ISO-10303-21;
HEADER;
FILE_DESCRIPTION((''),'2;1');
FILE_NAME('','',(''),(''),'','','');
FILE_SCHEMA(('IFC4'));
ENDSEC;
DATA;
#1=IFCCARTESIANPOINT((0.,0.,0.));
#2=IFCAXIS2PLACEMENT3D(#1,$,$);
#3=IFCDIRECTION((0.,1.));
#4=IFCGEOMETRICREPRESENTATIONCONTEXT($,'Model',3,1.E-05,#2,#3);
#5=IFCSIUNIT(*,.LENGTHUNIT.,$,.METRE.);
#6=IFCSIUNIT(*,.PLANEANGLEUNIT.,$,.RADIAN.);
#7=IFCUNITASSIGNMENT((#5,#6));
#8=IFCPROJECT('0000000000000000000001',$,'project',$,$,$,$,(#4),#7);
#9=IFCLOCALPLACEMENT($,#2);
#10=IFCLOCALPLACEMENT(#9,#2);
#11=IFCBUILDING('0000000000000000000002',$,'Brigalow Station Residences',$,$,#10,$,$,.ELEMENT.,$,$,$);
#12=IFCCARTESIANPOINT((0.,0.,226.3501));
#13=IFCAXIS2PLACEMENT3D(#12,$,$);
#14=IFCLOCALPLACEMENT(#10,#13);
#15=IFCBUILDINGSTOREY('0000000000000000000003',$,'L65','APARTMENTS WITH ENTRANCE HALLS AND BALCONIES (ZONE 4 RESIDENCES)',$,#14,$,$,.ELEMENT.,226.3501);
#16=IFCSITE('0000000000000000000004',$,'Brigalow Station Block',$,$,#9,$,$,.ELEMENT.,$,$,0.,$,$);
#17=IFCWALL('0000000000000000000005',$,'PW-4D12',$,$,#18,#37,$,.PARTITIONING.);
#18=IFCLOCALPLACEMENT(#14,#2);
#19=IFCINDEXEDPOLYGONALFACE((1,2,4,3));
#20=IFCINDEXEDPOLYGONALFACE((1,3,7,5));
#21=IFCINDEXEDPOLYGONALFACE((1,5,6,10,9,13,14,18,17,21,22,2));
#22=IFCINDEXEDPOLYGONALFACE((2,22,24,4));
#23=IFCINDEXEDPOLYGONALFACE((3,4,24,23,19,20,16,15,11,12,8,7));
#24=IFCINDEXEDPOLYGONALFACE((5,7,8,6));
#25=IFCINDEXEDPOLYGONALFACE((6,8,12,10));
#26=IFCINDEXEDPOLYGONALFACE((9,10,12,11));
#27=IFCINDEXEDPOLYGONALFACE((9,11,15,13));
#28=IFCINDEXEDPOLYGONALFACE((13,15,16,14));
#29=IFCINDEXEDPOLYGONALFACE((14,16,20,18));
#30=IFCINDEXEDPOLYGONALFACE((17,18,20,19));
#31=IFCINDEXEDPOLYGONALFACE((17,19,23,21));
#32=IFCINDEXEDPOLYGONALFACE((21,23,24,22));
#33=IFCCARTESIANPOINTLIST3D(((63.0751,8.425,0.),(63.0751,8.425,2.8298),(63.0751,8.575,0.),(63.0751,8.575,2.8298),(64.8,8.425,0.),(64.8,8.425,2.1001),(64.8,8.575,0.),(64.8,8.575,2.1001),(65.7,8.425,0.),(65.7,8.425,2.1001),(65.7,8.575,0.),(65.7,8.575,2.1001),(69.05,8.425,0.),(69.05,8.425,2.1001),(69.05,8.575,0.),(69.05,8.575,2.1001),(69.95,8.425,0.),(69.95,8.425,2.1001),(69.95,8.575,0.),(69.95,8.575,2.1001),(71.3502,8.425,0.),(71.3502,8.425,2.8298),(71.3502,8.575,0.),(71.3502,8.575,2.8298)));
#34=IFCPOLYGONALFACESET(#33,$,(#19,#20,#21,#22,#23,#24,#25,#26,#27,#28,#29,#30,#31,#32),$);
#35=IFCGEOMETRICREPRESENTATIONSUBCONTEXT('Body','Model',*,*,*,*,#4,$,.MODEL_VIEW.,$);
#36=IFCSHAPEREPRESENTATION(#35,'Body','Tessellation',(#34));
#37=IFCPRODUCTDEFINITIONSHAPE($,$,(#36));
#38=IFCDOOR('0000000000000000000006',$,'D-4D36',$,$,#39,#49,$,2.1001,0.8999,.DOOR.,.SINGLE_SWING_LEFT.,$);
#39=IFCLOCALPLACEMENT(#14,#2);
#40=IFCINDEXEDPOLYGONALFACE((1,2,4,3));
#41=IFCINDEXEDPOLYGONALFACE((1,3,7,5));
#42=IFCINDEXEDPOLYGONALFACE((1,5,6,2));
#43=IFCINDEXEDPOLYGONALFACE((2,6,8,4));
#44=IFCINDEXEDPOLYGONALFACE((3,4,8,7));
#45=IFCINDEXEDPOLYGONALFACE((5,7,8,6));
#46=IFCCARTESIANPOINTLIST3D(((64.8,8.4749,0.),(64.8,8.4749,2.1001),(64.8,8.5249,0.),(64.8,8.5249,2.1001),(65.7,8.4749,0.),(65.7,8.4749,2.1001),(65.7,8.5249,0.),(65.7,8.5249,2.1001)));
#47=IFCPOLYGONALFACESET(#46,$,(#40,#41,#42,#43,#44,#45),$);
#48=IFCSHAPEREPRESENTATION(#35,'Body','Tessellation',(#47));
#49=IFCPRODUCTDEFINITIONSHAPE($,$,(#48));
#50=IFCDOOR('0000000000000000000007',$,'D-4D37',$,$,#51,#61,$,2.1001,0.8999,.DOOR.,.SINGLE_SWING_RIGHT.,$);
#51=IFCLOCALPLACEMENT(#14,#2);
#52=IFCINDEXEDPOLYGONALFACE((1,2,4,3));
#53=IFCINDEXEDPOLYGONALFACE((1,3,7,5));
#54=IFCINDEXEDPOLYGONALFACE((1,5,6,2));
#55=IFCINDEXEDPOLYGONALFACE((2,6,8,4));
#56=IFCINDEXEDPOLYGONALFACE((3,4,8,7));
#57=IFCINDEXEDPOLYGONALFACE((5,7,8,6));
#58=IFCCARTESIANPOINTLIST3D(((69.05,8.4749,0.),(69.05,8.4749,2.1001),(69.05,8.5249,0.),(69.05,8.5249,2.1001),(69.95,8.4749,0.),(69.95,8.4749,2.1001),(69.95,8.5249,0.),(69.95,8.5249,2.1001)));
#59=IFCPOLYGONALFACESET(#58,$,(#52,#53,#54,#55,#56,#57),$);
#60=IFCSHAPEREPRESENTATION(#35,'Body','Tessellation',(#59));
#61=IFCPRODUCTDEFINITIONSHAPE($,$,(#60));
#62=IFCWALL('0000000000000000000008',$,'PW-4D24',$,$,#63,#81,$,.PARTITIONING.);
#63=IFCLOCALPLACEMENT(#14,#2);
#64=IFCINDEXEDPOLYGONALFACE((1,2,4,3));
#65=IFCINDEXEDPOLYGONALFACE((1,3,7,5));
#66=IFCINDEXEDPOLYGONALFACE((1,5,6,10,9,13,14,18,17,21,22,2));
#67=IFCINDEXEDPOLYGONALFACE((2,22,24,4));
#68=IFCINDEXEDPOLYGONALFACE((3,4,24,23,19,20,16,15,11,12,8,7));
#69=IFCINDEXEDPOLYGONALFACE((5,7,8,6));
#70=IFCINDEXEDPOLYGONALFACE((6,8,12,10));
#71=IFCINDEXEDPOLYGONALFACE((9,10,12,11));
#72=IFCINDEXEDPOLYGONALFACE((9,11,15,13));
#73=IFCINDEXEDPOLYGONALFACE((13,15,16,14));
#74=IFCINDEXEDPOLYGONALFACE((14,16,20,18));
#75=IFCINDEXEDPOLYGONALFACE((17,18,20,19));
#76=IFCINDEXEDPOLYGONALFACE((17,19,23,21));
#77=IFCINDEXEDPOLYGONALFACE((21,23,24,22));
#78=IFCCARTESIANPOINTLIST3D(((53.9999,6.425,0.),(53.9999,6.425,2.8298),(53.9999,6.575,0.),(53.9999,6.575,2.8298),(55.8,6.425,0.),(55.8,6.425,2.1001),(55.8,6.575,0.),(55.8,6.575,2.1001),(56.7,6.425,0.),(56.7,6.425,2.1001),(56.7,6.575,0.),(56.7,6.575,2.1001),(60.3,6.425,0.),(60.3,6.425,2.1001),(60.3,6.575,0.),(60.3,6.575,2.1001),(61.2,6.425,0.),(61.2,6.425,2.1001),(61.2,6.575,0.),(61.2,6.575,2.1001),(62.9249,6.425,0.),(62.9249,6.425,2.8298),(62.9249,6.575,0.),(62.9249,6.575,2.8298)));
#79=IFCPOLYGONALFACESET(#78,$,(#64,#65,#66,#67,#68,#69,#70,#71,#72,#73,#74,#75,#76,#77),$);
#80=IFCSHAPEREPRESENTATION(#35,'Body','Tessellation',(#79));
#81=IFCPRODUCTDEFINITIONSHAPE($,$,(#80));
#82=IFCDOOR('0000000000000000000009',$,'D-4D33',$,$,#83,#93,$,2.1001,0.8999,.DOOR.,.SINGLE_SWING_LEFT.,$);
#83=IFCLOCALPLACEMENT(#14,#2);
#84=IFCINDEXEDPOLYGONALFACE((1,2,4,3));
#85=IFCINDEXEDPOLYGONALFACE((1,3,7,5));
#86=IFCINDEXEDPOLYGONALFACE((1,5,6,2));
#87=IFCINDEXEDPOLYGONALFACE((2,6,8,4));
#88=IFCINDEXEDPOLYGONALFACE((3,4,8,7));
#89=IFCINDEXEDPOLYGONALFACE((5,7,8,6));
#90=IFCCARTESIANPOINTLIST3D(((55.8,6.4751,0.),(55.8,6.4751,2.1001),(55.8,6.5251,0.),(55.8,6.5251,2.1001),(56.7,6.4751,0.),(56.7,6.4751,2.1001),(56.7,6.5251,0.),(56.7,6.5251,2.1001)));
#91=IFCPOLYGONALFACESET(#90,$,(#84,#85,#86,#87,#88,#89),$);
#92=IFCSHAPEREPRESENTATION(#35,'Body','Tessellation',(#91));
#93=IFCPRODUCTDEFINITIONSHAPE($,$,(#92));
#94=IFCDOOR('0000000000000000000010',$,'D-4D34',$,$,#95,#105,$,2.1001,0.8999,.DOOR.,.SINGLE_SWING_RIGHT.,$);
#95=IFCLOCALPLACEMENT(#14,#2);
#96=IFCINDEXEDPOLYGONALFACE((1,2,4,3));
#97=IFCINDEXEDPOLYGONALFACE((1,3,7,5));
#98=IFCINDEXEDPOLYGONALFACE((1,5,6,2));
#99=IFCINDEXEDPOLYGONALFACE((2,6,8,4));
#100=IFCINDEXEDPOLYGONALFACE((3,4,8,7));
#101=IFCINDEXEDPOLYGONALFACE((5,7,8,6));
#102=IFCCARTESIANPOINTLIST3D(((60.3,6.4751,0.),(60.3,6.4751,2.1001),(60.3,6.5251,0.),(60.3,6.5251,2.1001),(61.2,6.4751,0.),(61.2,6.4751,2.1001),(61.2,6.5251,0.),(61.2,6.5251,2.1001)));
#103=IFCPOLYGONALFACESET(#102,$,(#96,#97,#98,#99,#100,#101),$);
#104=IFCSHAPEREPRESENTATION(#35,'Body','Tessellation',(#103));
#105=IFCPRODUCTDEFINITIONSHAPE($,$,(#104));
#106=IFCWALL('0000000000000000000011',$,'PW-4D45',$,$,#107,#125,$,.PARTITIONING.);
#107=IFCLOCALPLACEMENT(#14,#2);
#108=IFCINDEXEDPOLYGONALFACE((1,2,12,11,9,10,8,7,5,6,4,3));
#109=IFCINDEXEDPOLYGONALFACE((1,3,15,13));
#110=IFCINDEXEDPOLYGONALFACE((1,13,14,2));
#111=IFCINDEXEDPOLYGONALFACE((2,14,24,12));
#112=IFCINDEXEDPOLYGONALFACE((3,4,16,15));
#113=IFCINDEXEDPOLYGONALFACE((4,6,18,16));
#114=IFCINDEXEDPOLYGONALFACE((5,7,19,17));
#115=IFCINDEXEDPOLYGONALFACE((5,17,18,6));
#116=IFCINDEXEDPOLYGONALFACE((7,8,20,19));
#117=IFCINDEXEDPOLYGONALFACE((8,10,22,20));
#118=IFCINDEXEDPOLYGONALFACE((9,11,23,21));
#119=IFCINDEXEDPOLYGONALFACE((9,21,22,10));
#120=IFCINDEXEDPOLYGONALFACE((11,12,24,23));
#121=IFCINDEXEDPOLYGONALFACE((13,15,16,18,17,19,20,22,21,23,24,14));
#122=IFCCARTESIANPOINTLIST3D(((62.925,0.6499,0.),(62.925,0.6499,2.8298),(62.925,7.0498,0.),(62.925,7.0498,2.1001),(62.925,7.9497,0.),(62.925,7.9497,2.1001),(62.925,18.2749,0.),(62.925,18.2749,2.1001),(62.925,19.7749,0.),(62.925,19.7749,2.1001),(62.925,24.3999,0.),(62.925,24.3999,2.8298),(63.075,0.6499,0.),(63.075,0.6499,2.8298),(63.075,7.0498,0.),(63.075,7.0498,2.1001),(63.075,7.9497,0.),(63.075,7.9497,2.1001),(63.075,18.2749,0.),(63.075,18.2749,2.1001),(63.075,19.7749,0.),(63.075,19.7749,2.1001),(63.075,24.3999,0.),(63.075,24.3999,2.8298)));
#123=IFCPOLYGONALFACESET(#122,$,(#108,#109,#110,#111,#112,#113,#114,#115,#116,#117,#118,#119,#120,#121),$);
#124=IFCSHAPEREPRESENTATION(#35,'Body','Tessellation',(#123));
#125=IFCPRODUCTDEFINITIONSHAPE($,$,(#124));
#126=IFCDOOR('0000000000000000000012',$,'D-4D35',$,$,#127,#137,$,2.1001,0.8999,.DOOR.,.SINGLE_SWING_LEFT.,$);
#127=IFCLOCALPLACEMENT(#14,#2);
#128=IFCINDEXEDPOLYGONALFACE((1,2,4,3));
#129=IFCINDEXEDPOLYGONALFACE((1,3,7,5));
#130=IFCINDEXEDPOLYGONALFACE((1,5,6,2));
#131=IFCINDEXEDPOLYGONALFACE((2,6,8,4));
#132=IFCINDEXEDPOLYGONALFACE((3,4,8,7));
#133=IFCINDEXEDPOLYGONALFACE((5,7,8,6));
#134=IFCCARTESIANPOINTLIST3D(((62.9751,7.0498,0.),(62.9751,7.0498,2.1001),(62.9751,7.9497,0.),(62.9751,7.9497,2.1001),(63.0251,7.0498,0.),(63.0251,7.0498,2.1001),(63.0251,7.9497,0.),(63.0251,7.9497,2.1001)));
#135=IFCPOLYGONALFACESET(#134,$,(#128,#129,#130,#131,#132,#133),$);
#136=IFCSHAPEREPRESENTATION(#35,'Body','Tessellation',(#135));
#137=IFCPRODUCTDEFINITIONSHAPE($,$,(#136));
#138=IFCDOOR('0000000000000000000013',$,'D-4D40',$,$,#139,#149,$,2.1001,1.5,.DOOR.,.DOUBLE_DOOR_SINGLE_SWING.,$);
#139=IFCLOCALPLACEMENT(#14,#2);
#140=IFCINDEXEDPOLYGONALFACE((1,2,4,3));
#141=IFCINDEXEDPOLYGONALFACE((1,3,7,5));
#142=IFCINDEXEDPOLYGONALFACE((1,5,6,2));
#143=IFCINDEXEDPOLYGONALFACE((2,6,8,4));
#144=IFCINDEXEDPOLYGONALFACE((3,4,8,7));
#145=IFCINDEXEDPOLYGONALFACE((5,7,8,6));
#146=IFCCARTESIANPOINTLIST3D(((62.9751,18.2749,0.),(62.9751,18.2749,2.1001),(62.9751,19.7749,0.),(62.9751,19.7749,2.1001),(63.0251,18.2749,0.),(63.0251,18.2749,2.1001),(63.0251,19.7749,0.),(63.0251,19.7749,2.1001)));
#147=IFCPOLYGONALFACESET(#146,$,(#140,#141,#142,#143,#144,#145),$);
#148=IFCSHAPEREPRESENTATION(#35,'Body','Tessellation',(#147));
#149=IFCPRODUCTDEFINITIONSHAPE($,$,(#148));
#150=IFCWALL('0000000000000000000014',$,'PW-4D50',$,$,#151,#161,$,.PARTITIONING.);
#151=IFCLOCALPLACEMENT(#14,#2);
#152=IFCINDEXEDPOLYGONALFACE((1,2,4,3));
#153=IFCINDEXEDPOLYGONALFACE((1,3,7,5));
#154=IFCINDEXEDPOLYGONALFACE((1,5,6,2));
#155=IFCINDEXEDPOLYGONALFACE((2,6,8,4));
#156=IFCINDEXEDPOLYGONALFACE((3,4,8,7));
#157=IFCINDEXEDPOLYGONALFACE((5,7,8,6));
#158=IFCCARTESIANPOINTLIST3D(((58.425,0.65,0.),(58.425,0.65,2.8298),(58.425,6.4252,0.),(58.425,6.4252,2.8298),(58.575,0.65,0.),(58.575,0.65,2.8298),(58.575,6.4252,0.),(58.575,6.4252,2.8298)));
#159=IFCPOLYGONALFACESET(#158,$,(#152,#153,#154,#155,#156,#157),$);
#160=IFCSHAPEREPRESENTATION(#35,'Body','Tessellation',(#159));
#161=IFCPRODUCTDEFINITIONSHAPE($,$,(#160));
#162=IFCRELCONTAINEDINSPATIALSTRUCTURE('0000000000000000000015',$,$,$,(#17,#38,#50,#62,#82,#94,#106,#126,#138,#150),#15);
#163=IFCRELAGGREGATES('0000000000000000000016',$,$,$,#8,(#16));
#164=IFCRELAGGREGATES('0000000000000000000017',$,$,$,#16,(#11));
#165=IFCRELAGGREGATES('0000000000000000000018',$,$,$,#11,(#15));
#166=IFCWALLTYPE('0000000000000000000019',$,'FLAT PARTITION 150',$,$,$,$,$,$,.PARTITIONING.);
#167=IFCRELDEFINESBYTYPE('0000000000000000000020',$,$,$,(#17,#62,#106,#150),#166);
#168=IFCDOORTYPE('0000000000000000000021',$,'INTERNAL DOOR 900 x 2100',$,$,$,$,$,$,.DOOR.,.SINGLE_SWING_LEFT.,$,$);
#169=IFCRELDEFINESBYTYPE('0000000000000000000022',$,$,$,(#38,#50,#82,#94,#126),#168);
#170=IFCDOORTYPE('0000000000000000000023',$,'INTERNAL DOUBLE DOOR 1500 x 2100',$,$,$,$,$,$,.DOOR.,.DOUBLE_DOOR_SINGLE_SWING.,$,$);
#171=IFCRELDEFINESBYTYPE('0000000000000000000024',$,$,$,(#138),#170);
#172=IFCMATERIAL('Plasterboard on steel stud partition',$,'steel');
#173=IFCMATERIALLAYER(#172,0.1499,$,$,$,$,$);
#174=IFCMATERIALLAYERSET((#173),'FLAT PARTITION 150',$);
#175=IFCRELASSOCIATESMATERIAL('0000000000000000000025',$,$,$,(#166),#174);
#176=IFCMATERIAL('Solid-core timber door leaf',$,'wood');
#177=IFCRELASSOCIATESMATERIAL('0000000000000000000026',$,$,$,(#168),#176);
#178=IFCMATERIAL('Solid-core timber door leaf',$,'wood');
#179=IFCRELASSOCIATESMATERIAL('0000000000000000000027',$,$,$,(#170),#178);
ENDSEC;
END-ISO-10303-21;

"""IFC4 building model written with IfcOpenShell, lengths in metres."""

from ifc_helpers import new_model, si_unit, direction, frame, frame_2d, origin, place, context, subcontext, project, spatial, rectangle, extrude, material, layer, layer_set, type_object, element, fill, save


model = new_model("IFC4")

# Units and contexts
model_context = context("Model", 3, precision=1e-05, world=origin(), true_north=direction((0.0, 1.0)))
body_context = subcontext(model_context, "Body", "Model", "MODEL_VIEW")
ifc_project = project(units=[si_unit("LENGTHUNIT", "METRE"), si_unit("PLANEANGLEUNIT", "RADIAN")], contexts=[model_context])

# Site, building, storey
site_placement = place(None, origin())
site = spatial("IfcSite", under=ifc_project, at=site_placement, Name="Brigalow Station Block", CompositionType="ELEMENT", RefElevation=0.0)
building_placement = place(site_placement, origin())
building = spatial("IfcBuilding", under=site, at=building_placement, Name="Brigalow Station Residences", CompositionType="ELEMENT")
storey_placement = place(building_placement, frame((0.0, 0.0, 226.3501)))
storey = spatial("IfcBuildingStorey", under=building, at=storey_placement, Name="L65", Description="APARTMENTS WITH ENTRANCE HALLS AND BALCONIES (ZONE 4 RESIDENCES)", CompositionType="ELEMENT", Elevation=226.3501)

# Walls, openings, doors
ifc_material_1 = material(Name="Plasterboard on steel stud partition", Category="steel")
ifc_layer_1 = layer(ifc_material_1, 0.1499)
ifc_layer_set_1 = layer_set([ifc_layer_1], Name="FLAT PARTITION 150")
wall_type_1 = type_object("IfcWallType", Name="FLAT PARTITION 150", PredefinedType="PARTITIONING", material=ifc_layer_set_1)
wall_1_placement = place(storey_placement, frame((63.075, 8.5, 0.0), z_axis=(0.0, 0.0, 1.0), x_axis=(1.0, 0.0, 0.0)))
wall_1 = element("IfcWall", 1, at=wall_1_placement, inside=storey, type_object=wall_type_1, Name="PW-4D12", PredefinedType="PARTITIONING", context=body_context, shape_type="SweptSolid", body=[
    extrude(rectangle(XDim=8.2751, YDim=0.1499, at=frame_2d((4.1377, 0.0))), origin(), (0.0, 0.0, 1.0), 2.8298),
])
opening_1_placement = place(wall_1_placement, frame((1.7251, 0.0, 0.0)))
opening_1 = element("IfcOpeningElement", 2, at=opening_1_placement, cuts=wall_1, PredefinedType="OPENING", context=body_context, shape_type="SweptSolid", body=[
    extrude(rectangle(XDim=0.8999, YDim=2.1001, at=frame_2d((0.45, 1.05))), frame((0.0, 0.085, 0.0), z_axis=(0.0, -1.0, 0.0), x_axis=(1.0, 0.0, 0.0)), (0.0, 0.0, 1.0), 0.1699),
])
opening_2_placement = place(wall_1_placement, frame((5.9751, 0.0, 0.0)))
opening_2 = element("IfcOpeningElement", 3, at=opening_2_placement, cuts=wall_1, PredefinedType="OPENING", context=body_context, shape_type="SweptSolid", body=[
    extrude(rectangle(XDim=0.8999, YDim=2.1001, at=frame_2d((0.45, 1.05))), frame((0.0, 0.085, 0.0), z_axis=(0.0, -1.0, 0.0), x_axis=(1.0, 0.0, 0.0)), (0.0, 0.0, 1.0), 0.1699),
])
ifc_material_2 = material(Name="Solid-core timber door leaf", Category="wood")
door_type_1 = type_object("IfcDoorType", Name="INTERNAL DOOR 900 x 2100", OperationType="SINGLE_SWING_LEFT", PredefinedType="DOOR", material=ifc_material_2)
door_1_placement = place(opening_1_placement, origin())
door_1 = element("IfcDoor", 4, at=door_1_placement, inside=storey, type_object=door_type_1, Name="D-4D36", OperationType="SINGLE_SWING_LEFT", OverallHeight=2.1001, OverallWidth=0.8999, PredefinedType="DOOR", context=body_context, shape_type="SweptSolid", body=[
    extrude(rectangle(XDim=0.8999, YDim=2.1001, at=frame_2d((0.45, 1.05))), frame((0.0, 0.0249, 0.0), z_axis=(0.0, -1.0, 0.0), x_axis=(1.0, 0.0, 0.0)), (0.0, 0.0, 1.0), 0.05),
])
fill(opening_1, door_1)
door_2_placement = place(opening_2_placement, origin())
door_2 = element("IfcDoor", 5, at=door_2_placement, inside=storey, type_object=door_type_1, Name="D-4D37", OperationType="SINGLE_SWING_RIGHT", OverallHeight=2.1001, OverallWidth=0.8999, PredefinedType="DOOR", context=body_context, shape_type="SweptSolid", body=[
    extrude(rectangle(XDim=0.8999, YDim=2.1001, at=frame_2d((0.45, 1.05))), frame((0.0, 0.0249, 0.0), z_axis=(0.0, -1.0, 0.0), x_axis=(1.0, 0.0, 0.0)), (0.0, 0.0, 1.0), 0.05),
])
fill(opening_2, door_2)
wall_2_placement = place(storey_placement, frame((54.0, 6.5, 0.0), z_axis=(0.0, 0.0, 1.0), x_axis=(1.0, 0.0, 0.0)))
wall_2 = element("IfcWall", 6, at=wall_2_placement, inside=storey, type_object=wall_type_1, Name="PW-4D24", PredefinedType="PARTITIONING", context=body_context, shape_type="SweptSolid", body=[
    extrude(rectangle(XDim=8.925, YDim=0.1499, at=frame_2d((4.4624, 0.0))), origin(), (0.0, 0.0, 1.0), 2.8298),
])
opening_3_placement = place(wall_2_placement, frame((1.8, 0.0, 0.0)))
opening_3 = element("IfcOpeningElement", 7, at=opening_3_placement, cuts=wall_2, PredefinedType="OPENING", context=body_context, shape_type="SweptSolid", body=[
    extrude(rectangle(XDim=0.8999, YDim=2.1001, at=frame_2d((0.45, 1.05))), frame((0.0, 0.085, 0.0), z_axis=(0.0, -1.0, 0.0), x_axis=(1.0, 0.0, 0.0)), (0.0, 0.0, 1.0), 0.1699),
])
opening_4_placement = place(wall_2_placement, frame((6.3, 0.0, 0.0)))
opening_4 = element("IfcOpeningElement", 8, at=opening_4_placement, cuts=wall_2, PredefinedType="OPENING", context=body_context, shape_type="SweptSolid", body=[
    extrude(rectangle(XDim=0.8999, YDim=2.1001, at=frame_2d((0.45, 1.05))), frame((0.0, 0.085, 0.0), z_axis=(0.0, -1.0, 0.0), x_axis=(1.0, 0.0, 0.0)), (0.0, 0.0, 1.0), 0.1699),
])
door_3_placement = place(opening_3_placement, frame((0.8999, 0.0, 0.0), z_axis=(0.0, 0.0, 1.0), x_axis=(-1.0, 0.0, 0.0)))
door_3 = element("IfcDoor", 9, at=door_3_placement, inside=storey, type_object=door_type_1, Name="D-4D33", OperationType="SINGLE_SWING_LEFT", OverallHeight=2.1001, OverallWidth=0.8999, PredefinedType="DOOR", context=body_context, shape_type="SweptSolid", body=[
    extrude(rectangle(XDim=0.8999, YDim=2.1001, at=frame_2d((0.45, 1.05))), frame((0.0, 0.0249, 0.0), z_axis=(0.0, -1.0, 0.0), x_axis=(1.0, 0.0, 0.0)), (0.0, 0.0, 1.0), 0.05),
])
fill(opening_3, door_3)
door_4_placement = place(opening_4_placement, frame((0.8999, 0.0, 0.0), z_axis=(0.0, 0.0, 1.0), x_axis=(-1.0, 0.0, 0.0)))
door_4 = element("IfcDoor", 10, at=door_4_placement, inside=storey, type_object=door_type_1, Name="D-4D34", OperationType="SINGLE_SWING_RIGHT", OverallHeight=2.1001, OverallWidth=0.8999, PredefinedType="DOOR", context=body_context, shape_type="SweptSolid", body=[
    extrude(rectangle(XDim=0.8999, YDim=2.1001, at=frame_2d((0.45, 1.05))), frame((0.0, 0.0249, 0.0), z_axis=(0.0, -1.0, 0.0), x_axis=(1.0, 0.0, 0.0)), (0.0, 0.0, 1.0), 0.05),
])
fill(opening_4, door_4)
wall_3_placement = place(storey_placement, frame((63.0, 0.6499, 0.0), z_axis=(0.0, 0.0, 1.0), x_axis=(0.0, 1.0, 0.0)))
wall_3 = element("IfcWall", 11, at=wall_3_placement, inside=storey, type_object=wall_type_1, Name="PW-4D45", PredefinedType="PARTITIONING", context=body_context, shape_type="SweptSolid", body=[
    extrude(rectangle(XDim=23.75, YDim=0.1499, at=frame_2d((11.875, 0.0))), origin(), (0.0, 0.0, 1.0), 2.8298),
])
opening_5_placement = place(wall_3_placement, frame((6.3999, 0.0, 0.0)))
opening_5 = element("IfcOpeningElement", 12, at=opening_5_placement, cuts=wall_3, PredefinedType="OPENING", context=body_context, shape_type="SweptSolid", body=[
    extrude(rectangle(XDim=0.8999, YDim=2.1001, at=frame_2d((0.45, 1.05))), frame((0.0, 0.085, 0.0), z_axis=(0.0, -1.0, 0.0), x_axis=(1.0, 0.0, 0.0)), (0.0, 0.0, 1.0), 0.1699),
])
opening_6_placement = place(wall_3_placement, frame((17.625, 0.0, 0.0)))
opening_6 = element("IfcOpeningElement", 13, at=opening_6_placement, cuts=wall_3, PredefinedType="OPENING", context=body_context, shape_type="SweptSolid", body=[
    extrude(rectangle(XDim=1.5, YDim=2.1001, at=frame_2d((0.75, 1.05))), frame((0.0, 0.085, 0.0), z_axis=(0.0, -1.0, 0.0), x_axis=(1.0, 0.0, 0.0)), (0.0, 0.0, 1.0), 0.1699),
])
door_5_placement = place(opening_5_placement, origin())
door_5 = element("IfcDoor", 14, at=door_5_placement, inside=storey, type_object=door_type_1, Name="D-4D35", OperationType="SINGLE_SWING_LEFT", OverallHeight=2.1001, OverallWidth=0.8999, PredefinedType="DOOR", context=body_context, shape_type="SweptSolid", body=[
    extrude(rectangle(XDim=0.8999, YDim=2.1001, at=frame_2d((0.45, 1.05))), frame((0.0, 0.0249, 0.0), z_axis=(0.0, -1.0, 0.0), x_axis=(1.0, 0.0, 0.0)), (0.0, 0.0, 1.0), 0.05),
])
fill(opening_5, door_5)
ifc_material_3 = material(Name="Solid-core timber door leaf", Category="wood")
door_type_2 = type_object("IfcDoorType", Name="INTERNAL DOUBLE DOOR 1500 x 2100", OperationType="DOUBLE_DOOR_SINGLE_SWING", PredefinedType="DOOR", material=ifc_material_3)
door_6_placement = place(opening_6_placement, origin())
door_6 = element("IfcDoor", 15, at=door_6_placement, inside=storey, type_object=door_type_2, Name="D-4D40", OperationType="DOUBLE_DOOR_SINGLE_SWING", OverallHeight=2.1001, OverallWidth=1.5, PredefinedType="DOOR", context=body_context, shape_type="SweptSolid", body=[
    extrude(rectangle(XDim=1.5, YDim=2.1001, at=frame_2d((0.75, 1.05))), frame((0.0, 0.0249, 0.0), z_axis=(0.0, -1.0, 0.0), x_axis=(1.0, 0.0, 0.0)), (0.0, 0.0, 1.0), 0.05),
])
fill(opening_6, door_6)

# Wall
wall_4_placement = place(storey_placement, frame((58.5, 0.6499, 0.0), z_axis=(0.0, 0.0, 1.0), x_axis=(0.0, 1.0, 0.0)))
element("IfcWall", 16, at=wall_4_placement, inside=storey, type_object=wall_type_1, Name="PW-4D50", PredefinedType="PARTITIONING", context=body_context, shape_type="SweptSolid", body=[
    extrude(rectangle(XDim=5.7751, YDim=0.1499, at=frame_2d((2.8877, 0.0))), origin(), (0.0, 0.0, 1.0), 2.8298),
])

save(model, "model.ifc")
